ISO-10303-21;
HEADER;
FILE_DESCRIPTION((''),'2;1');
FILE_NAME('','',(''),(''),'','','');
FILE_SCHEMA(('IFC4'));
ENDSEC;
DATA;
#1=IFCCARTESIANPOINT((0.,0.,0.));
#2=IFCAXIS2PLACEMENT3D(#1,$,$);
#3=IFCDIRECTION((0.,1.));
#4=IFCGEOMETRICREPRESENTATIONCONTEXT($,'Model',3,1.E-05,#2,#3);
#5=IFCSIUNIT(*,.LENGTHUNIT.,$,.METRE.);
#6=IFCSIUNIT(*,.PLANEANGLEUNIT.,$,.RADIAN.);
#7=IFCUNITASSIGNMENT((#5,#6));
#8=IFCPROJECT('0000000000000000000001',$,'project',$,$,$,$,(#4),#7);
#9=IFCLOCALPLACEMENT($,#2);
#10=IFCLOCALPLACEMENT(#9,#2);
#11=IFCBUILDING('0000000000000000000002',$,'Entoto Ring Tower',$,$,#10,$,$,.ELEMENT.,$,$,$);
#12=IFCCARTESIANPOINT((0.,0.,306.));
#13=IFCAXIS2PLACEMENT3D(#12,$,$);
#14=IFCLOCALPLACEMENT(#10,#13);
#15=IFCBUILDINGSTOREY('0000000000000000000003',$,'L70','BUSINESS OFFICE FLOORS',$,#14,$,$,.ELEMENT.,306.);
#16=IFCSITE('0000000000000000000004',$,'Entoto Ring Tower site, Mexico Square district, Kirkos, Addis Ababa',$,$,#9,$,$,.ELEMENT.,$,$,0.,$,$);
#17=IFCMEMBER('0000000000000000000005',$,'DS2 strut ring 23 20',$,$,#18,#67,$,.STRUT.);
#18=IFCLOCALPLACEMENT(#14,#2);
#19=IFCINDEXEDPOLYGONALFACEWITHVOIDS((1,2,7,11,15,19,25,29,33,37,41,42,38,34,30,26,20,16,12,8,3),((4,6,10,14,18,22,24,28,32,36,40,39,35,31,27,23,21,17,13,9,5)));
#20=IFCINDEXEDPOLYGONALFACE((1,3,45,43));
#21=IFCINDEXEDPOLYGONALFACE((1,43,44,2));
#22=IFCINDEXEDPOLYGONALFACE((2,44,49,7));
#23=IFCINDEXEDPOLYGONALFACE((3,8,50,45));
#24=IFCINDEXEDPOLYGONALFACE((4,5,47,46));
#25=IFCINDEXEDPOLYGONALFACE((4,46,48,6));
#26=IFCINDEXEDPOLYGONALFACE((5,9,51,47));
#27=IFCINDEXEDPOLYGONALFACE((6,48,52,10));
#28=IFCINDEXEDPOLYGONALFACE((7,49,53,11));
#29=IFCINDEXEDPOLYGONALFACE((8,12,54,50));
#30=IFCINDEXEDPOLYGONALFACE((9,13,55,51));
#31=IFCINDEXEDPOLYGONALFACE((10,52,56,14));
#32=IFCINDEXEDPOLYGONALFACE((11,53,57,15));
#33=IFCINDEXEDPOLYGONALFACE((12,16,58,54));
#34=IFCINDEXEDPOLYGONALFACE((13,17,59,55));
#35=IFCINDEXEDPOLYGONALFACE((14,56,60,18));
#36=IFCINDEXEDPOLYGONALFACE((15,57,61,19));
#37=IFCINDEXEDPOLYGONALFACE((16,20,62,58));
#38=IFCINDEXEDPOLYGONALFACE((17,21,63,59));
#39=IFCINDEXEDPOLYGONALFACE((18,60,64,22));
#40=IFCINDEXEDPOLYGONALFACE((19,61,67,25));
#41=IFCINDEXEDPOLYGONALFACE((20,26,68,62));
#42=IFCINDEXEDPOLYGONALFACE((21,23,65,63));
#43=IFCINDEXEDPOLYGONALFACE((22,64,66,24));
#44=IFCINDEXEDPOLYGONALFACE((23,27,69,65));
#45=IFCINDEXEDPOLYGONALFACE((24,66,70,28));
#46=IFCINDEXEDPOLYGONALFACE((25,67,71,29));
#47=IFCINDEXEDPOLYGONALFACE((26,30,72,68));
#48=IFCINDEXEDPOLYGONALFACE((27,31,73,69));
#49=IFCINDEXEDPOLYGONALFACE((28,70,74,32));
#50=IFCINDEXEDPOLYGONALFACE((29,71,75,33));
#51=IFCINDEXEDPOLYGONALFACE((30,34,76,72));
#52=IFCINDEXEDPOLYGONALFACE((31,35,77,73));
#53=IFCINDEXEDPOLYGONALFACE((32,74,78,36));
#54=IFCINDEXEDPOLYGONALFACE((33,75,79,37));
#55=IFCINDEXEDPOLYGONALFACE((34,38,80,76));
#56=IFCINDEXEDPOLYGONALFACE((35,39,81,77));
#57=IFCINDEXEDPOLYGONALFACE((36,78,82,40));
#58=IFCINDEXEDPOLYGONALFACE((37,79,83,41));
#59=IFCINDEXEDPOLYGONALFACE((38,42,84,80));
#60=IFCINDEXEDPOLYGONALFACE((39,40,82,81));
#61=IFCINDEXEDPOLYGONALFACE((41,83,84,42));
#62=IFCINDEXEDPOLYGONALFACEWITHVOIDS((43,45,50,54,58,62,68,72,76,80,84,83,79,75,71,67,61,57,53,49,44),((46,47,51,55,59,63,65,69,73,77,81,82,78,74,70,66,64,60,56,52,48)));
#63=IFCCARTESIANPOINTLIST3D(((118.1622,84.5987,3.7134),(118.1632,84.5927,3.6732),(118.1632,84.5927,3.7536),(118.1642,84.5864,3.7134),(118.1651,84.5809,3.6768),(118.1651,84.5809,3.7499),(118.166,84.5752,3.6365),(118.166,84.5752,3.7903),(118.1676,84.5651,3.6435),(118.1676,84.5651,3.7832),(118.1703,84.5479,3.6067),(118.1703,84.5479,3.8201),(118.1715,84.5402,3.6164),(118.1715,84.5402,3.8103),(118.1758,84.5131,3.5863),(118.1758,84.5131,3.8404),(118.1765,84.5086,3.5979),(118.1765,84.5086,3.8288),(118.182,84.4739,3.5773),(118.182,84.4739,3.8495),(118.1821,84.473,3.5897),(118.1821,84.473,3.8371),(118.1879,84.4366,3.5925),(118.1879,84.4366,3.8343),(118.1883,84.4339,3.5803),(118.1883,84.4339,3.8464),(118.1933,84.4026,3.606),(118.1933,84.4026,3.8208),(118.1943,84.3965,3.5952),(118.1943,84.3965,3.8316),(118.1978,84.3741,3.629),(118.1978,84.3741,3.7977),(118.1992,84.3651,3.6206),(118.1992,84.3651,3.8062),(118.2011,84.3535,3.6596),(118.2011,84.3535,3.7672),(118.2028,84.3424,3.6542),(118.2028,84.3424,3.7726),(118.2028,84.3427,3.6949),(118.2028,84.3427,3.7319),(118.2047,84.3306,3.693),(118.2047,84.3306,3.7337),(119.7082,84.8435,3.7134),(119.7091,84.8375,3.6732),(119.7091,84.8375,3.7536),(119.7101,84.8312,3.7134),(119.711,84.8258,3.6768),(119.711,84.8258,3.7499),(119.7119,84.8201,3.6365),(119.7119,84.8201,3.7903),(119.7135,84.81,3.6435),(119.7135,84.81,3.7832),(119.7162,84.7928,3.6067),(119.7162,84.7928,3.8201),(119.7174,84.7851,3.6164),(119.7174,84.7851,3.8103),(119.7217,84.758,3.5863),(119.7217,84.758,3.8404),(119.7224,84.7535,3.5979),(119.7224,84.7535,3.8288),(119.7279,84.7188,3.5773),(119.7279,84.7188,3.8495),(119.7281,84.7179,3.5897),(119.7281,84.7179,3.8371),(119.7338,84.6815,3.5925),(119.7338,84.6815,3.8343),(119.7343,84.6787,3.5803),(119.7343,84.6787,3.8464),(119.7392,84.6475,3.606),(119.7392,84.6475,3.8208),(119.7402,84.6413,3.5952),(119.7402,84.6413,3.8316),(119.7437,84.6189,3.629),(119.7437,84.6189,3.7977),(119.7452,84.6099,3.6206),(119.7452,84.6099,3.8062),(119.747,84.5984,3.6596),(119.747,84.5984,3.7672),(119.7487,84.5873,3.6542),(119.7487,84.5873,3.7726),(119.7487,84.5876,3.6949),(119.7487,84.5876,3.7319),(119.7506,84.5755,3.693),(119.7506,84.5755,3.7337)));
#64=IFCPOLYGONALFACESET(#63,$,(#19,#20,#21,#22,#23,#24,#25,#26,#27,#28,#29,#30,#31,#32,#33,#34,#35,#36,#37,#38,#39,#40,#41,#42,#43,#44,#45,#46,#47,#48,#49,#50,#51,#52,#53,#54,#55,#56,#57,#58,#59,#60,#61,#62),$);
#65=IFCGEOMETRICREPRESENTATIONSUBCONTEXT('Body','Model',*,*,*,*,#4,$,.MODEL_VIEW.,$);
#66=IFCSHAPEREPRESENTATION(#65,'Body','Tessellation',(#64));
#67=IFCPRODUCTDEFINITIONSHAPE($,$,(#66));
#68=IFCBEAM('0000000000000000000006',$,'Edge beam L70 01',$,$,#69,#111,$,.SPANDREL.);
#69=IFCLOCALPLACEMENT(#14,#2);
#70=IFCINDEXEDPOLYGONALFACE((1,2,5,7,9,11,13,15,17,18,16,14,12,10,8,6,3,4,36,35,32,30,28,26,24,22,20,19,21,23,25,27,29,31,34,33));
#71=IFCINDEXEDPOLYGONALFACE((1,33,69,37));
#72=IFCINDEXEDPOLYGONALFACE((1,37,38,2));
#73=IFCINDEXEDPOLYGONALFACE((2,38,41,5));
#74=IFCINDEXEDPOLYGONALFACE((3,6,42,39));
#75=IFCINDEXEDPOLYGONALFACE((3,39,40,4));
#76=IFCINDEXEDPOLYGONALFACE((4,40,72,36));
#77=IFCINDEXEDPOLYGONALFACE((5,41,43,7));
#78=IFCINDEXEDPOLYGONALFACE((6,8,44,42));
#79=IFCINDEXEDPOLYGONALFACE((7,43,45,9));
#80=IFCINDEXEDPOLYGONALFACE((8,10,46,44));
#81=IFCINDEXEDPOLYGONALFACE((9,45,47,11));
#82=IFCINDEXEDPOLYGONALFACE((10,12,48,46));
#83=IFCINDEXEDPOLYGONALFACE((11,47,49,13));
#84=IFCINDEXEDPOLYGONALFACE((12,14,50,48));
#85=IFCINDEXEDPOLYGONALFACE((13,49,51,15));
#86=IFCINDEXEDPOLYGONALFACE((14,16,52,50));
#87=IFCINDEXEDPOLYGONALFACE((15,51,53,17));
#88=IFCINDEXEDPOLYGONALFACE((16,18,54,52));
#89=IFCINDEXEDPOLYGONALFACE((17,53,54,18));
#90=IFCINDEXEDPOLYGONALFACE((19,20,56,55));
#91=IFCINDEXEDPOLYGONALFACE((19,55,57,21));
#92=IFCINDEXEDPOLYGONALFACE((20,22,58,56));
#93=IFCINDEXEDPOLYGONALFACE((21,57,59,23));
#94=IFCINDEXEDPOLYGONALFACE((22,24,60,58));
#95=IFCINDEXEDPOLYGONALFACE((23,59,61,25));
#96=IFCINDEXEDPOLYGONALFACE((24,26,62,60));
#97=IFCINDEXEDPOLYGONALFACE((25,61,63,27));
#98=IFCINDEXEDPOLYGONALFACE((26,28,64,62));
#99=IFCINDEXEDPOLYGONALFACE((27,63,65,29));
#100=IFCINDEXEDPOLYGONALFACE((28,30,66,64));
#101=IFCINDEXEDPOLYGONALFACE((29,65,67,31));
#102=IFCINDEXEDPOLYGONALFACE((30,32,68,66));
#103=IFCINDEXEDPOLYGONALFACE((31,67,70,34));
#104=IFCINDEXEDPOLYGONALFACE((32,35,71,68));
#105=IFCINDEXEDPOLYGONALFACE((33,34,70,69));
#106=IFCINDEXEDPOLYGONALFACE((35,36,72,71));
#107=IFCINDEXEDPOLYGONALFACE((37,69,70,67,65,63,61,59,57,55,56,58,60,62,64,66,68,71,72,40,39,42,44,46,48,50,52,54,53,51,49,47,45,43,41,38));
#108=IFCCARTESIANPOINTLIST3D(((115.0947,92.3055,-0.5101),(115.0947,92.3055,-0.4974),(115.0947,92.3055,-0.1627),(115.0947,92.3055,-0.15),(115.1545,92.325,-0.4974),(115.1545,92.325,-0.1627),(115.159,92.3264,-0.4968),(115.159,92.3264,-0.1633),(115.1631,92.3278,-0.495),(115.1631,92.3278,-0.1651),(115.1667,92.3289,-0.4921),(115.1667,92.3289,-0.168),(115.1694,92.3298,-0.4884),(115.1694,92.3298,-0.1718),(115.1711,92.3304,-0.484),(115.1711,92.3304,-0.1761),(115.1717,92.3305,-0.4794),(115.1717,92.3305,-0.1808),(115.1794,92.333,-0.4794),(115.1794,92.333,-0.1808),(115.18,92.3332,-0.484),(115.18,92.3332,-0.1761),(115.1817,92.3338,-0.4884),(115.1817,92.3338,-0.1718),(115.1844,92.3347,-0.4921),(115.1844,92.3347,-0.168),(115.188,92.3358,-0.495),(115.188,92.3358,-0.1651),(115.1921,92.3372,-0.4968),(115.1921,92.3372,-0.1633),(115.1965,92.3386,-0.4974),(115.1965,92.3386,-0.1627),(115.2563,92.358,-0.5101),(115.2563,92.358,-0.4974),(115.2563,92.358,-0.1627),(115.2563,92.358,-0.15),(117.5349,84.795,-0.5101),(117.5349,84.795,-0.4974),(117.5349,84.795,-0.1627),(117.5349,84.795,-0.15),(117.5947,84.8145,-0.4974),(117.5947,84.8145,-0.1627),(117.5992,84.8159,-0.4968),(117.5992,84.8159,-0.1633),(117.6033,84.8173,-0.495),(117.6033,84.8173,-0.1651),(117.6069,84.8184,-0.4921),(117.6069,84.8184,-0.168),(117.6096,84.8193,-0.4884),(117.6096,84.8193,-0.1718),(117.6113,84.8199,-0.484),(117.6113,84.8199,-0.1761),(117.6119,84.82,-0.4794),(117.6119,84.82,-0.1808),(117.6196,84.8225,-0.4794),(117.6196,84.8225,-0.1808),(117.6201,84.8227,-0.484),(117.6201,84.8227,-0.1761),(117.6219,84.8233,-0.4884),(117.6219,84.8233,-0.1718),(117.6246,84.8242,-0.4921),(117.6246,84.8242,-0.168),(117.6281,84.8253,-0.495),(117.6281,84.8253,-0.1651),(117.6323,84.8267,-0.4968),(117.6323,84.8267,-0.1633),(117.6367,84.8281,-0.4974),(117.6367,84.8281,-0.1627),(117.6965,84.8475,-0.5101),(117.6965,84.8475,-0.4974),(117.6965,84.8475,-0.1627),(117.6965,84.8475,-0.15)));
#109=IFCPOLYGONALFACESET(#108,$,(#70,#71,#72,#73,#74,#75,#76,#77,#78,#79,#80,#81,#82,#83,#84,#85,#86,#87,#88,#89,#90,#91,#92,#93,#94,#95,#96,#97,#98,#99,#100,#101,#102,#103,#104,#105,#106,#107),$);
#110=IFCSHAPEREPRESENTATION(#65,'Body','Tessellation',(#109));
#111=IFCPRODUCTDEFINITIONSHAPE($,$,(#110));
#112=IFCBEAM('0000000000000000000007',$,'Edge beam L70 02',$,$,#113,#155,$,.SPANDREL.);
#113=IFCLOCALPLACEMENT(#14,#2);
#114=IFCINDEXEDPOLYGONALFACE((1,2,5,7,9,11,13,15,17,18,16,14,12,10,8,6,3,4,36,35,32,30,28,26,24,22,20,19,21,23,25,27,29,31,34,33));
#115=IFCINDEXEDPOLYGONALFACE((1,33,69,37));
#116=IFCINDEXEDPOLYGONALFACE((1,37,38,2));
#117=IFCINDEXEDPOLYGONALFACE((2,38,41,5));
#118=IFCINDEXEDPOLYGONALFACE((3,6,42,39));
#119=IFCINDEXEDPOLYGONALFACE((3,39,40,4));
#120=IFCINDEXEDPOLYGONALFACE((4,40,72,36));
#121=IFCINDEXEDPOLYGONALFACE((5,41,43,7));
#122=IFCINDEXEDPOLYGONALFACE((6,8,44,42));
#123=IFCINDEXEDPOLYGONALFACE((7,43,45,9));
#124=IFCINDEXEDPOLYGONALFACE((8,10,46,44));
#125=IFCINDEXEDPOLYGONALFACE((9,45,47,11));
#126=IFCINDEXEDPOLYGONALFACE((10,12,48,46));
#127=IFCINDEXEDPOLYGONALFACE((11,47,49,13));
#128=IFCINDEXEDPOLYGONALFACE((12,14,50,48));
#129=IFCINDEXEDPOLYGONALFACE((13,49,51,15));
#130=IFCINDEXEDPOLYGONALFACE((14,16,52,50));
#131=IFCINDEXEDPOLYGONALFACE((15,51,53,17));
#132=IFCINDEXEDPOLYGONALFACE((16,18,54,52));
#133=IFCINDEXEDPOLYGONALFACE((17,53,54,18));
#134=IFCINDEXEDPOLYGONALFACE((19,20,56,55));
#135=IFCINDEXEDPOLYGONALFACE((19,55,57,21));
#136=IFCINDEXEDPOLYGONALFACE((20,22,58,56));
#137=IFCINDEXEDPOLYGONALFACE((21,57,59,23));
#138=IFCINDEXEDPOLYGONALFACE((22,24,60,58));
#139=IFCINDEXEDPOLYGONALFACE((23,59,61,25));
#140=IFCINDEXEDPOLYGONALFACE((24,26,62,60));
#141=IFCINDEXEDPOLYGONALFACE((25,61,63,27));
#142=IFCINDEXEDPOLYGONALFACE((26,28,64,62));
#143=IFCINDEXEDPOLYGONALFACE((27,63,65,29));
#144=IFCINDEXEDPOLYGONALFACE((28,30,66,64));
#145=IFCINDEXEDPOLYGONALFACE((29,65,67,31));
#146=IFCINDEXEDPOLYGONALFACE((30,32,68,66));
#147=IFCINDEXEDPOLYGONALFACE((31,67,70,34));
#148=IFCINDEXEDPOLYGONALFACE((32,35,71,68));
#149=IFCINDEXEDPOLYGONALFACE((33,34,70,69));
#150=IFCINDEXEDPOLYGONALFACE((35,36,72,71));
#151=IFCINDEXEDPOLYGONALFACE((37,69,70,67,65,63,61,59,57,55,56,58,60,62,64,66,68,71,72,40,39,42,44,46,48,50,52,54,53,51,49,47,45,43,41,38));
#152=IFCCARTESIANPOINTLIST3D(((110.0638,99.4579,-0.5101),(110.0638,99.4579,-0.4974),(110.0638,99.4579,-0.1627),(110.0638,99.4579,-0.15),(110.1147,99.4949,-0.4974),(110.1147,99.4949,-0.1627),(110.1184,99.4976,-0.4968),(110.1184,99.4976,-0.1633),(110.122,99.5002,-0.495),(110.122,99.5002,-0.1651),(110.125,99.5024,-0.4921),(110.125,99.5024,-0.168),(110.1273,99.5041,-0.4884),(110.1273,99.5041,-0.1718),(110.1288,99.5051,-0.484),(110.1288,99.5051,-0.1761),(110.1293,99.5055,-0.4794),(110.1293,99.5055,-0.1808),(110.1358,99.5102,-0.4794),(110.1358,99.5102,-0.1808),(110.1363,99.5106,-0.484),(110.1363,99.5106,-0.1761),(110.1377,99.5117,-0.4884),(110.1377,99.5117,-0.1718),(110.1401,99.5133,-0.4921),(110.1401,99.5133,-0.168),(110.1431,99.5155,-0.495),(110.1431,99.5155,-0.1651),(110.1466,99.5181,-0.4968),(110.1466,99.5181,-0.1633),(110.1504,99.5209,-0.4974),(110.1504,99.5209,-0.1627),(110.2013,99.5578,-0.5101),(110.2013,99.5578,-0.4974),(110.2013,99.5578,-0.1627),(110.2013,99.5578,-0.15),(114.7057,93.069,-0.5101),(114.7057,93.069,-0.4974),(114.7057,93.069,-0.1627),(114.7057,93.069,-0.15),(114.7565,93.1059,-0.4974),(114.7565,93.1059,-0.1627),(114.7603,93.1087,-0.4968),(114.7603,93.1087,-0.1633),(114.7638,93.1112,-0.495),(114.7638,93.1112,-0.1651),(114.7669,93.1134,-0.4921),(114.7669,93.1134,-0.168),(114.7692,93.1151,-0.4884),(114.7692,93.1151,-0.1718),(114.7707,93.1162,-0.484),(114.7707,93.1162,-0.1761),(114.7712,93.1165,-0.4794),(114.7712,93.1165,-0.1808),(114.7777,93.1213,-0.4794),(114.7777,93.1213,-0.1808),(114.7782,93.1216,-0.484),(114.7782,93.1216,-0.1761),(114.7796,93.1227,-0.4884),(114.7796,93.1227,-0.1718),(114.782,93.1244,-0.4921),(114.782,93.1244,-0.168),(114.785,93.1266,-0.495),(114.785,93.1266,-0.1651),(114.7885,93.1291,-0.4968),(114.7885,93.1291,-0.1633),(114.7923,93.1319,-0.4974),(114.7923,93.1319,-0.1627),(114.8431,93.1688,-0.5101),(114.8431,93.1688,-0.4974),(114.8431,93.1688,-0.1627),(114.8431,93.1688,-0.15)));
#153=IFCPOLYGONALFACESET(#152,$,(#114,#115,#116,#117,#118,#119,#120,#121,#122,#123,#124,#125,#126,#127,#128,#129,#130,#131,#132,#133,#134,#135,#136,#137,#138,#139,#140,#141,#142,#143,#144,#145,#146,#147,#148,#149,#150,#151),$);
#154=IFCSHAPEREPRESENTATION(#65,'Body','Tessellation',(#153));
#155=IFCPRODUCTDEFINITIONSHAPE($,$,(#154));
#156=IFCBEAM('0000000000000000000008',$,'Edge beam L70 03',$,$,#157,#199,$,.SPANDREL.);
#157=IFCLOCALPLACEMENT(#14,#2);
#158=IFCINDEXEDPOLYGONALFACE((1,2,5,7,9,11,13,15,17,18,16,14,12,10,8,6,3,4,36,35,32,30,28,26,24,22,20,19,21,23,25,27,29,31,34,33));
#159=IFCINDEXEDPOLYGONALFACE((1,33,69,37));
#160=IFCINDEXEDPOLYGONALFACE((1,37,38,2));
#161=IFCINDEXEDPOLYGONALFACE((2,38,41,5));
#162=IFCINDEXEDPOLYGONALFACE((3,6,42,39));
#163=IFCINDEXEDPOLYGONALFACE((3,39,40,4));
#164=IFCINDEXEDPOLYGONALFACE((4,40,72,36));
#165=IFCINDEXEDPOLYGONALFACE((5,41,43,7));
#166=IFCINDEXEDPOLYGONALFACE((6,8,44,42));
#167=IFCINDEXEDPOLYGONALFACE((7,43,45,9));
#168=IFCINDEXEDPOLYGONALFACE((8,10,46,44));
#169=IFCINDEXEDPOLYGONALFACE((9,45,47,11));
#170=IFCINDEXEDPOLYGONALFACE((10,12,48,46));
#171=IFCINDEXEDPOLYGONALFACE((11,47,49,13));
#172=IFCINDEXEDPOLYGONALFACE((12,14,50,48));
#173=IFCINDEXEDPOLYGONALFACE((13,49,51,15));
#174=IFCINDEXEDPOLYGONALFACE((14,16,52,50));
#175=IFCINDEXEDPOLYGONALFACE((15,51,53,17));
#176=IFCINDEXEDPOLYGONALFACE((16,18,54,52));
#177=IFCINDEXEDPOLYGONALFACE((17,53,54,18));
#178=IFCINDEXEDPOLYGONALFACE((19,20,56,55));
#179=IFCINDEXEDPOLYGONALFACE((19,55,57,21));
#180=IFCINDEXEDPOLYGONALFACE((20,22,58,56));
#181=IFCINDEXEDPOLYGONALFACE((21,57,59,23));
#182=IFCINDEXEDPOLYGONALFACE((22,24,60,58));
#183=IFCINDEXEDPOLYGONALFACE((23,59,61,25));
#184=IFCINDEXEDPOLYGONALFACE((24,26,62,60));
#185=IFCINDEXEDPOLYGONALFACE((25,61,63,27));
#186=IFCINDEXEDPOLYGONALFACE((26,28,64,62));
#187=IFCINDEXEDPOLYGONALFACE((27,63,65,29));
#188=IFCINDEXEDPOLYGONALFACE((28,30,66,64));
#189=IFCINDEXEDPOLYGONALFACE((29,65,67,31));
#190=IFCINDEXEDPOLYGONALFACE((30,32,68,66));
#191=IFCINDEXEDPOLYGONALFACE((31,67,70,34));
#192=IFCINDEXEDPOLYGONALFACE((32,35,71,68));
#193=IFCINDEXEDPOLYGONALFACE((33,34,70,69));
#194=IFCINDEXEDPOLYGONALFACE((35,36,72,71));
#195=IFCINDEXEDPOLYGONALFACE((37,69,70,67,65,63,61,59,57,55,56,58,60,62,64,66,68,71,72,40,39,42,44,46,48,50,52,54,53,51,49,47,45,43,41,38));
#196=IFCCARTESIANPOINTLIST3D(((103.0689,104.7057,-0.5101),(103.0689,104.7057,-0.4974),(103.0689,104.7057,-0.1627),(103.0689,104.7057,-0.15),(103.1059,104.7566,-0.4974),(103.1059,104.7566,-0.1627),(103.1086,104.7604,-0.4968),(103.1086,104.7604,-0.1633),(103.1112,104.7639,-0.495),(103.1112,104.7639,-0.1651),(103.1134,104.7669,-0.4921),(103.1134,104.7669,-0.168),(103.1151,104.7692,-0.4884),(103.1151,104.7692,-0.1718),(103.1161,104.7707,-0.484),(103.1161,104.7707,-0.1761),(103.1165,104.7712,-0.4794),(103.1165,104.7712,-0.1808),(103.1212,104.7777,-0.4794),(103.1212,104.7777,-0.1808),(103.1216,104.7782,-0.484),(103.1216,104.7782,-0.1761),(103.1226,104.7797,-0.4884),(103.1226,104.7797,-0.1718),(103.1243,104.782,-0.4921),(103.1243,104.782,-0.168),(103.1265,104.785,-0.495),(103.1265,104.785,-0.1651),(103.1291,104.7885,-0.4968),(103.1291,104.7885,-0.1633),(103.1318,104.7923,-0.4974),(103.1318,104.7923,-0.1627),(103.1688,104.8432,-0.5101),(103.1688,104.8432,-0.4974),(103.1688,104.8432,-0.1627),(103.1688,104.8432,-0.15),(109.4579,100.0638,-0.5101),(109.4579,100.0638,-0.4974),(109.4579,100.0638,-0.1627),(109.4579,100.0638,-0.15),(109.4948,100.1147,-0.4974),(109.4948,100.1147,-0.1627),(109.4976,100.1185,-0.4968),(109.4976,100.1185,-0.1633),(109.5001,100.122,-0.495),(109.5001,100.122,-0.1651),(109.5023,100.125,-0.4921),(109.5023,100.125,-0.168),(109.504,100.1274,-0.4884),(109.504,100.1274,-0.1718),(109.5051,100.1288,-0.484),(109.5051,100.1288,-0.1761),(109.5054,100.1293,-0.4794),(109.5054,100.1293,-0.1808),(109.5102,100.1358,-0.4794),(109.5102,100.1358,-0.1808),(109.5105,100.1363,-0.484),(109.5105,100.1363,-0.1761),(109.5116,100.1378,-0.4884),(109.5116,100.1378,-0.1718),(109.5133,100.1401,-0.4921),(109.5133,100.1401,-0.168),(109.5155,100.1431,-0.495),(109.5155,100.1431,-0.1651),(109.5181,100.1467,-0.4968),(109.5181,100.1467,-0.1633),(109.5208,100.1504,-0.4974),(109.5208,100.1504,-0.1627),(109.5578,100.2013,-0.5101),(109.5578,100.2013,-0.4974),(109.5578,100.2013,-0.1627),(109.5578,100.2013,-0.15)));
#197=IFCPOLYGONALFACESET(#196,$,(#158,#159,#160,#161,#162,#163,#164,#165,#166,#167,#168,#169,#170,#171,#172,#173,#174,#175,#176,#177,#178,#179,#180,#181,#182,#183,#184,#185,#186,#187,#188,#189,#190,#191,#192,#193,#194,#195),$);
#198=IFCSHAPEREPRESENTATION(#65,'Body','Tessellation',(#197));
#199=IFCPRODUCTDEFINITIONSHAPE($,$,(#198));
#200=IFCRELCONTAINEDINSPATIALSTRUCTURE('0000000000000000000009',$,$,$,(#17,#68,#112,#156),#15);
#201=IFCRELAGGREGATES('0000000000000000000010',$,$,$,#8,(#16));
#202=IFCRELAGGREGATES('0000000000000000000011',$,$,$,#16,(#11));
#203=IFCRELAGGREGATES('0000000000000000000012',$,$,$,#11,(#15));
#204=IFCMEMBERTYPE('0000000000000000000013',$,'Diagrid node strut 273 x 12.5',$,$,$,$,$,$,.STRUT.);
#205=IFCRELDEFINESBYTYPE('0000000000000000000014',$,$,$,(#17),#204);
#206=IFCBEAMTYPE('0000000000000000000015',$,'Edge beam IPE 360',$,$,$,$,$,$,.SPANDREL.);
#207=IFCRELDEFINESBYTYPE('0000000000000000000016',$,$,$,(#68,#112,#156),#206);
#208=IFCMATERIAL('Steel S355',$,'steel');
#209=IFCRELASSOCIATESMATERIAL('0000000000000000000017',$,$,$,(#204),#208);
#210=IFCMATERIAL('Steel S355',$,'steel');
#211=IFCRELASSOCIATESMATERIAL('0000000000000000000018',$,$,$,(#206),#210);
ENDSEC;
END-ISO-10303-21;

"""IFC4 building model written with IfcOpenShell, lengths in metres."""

from ifc_helpers import new_model, si_unit, direction, frame, origin, origin_2d, place, context, subcontext, project, spatial, circle, hollow_circle, i_section, extrude, material, material_profile, profile_set, type_object, element, save


model = new_model("IFC4")

# Units and contexts
model_context = context("Model", 3, precision=1e-05, world=origin(), true_north=direction((0.0, 1.0)))
body_context = subcontext(model_context, "Body", "Model", "MODEL_VIEW")
ifc_project = project(units=[si_unit("LENGTHUNIT", "METRE"), si_unit("PLANEANGLEUNIT", "RADIAN")], contexts=[model_context])

# Site, building, storey
site_placement = place(None, origin())
site = spatial("IfcSite", under=ifc_project, at=site_placement, Name="Entoto Ring Tower site, Mexico Square district, Kirkos, Addis Ababa", CompositionType="ELEMENT", RefElevation=0.0)
building_placement = place(site_placement, origin())
building = spatial("IfcBuilding", under=site, at=building_placement, Name="Entoto Ring Tower", CompositionType="ELEMENT")
storey_placement = place(building_placement, frame((0.0, 0.0, 306.0)))
storey = spatial("IfcBuildingStorey", under=building, at=storey_placement, Name="L70", Description="BUSINESS OFFICE FLOORS", CompositionType="ELEMENT", Elevation=306.0)

# Member
ifc_material_1 = material(Name="Steel S355", Category="steel")
ifc_material_profile_1 = material_profile(ifc_material_1, hollow_circle(Radius=0.1365, WallThickness=0.0125, at=origin_2d()), Name="CHS 273 x 12.5")
ifc_material_2 = material(Name="Concrete C60/75", Category="concrete")
ifc_material_profile_2 = material_profile(ifc_material_2, circle(Radius=0.124, at=origin_2d()), Name="Concrete C60/75 infill")
ifc_profile_set_1 = profile_set([ifc_material_profile_1, ifc_material_profile_2], Name="Steel S355")
member_type = type_object("IfcMemberType", Name="Diagrid node strut 273 x 12.5", PredefinedType="STRUT", material=ifc_profile_set_1)
for number, where, z_axis, x_axis, name in (
    (1, (118.1836, 84.4639, 3.7134), (0.987686, 0.156451, 0.0), (-0.156451, 0.987686, 0.0), "DS2 strut ring 23 20"),
):
    element("IfcMember", number, at=place(storey_placement, frame(where, z_axis=z_axis, x_axis=x_axis)), inside=storey, type_object=member_type, Name=name, PredefinedType="STRUT", context=body_context, shape_type="SweptSolid", body=[
        extrude(hollow_circle(Radius=0.1365, WallThickness=0.0125, at=origin_2d()), origin(), (0.0, 0.0, 1.0), 1.5652),
    ])

# Beams
ifc_material_3 = material(Name="Steel S355", Category="steel")
ifc_material_profile_3 = material_profile(ifc_material_3, i_section(OverallWidth=0.1699, OverallDepth=0.3601, WebThickness=0.0081, FlangeThickness=0.0127, FilletRadius=0.0181, at=origin_2d()), Name="IPE 360")
ifc_profile_set_2 = profile_set([ifc_material_profile_3], Name="Steel S355")
beam_type_1 = type_object("IfcBeamType", Name="Edge beam IPE 360", PredefinedType="SPANDREL", material=ifc_profile_set_2)
beam_1_placement = place(storey_placement, frame((117.6157, 84.8213, -0.3301), z_axis=(-0.309003, 0.951061, 0.0), x_axis=(-0.951061, -0.309003, 0.0)))
element("IfcBeam", 2, at=beam_1_placement, inside=storey, type_object=beam_type_1, Name="Edge beam L70 01", PredefinedType="SPANDREL", context=body_context, shape_type="SweptSolid", body=[
    extrude(i_section(OverallWidth=0.1699, OverallDepth=0.3601, WebThickness=0.0081, FlangeThickness=0.0127, FilletRadius=0.0181, at=origin_2d()), origin(), (0.0, 0.0, 1.0), 7.897),
])
for number, where, z_axis, x_axis, name in (
    (3, (114.7744, 93.1189, -0.3301), (-0.587787, 0.809015, 0.0), (-0.809015, -0.587787, 0.0), "Edge beam L70 02"),
    (4, (109.5078, 100.1326, -0.3301), (-0.809015, 0.587787, 0.0), (-0.587787, -0.809015, 0.0), "Edge beam L70 03"),
):
    element("IfcBeam", number, at=place(storey_placement, frame(where, z_axis=z_axis, x_axis=x_axis)), inside=storey, type_object=beam_type_1, Name=name, PredefinedType="SPANDREL", context=body_context, shape_type="SweptSolid", body=[
        extrude(i_section(OverallWidth=0.1699, OverallDepth=0.3601, WebThickness=0.0081, FlangeThickness=0.0127, FilletRadius=0.0181, at=origin_2d()), origin(), (0.0, 0.0, 1.0), 7.8972),
    ])

save(model, "model.ifc")
